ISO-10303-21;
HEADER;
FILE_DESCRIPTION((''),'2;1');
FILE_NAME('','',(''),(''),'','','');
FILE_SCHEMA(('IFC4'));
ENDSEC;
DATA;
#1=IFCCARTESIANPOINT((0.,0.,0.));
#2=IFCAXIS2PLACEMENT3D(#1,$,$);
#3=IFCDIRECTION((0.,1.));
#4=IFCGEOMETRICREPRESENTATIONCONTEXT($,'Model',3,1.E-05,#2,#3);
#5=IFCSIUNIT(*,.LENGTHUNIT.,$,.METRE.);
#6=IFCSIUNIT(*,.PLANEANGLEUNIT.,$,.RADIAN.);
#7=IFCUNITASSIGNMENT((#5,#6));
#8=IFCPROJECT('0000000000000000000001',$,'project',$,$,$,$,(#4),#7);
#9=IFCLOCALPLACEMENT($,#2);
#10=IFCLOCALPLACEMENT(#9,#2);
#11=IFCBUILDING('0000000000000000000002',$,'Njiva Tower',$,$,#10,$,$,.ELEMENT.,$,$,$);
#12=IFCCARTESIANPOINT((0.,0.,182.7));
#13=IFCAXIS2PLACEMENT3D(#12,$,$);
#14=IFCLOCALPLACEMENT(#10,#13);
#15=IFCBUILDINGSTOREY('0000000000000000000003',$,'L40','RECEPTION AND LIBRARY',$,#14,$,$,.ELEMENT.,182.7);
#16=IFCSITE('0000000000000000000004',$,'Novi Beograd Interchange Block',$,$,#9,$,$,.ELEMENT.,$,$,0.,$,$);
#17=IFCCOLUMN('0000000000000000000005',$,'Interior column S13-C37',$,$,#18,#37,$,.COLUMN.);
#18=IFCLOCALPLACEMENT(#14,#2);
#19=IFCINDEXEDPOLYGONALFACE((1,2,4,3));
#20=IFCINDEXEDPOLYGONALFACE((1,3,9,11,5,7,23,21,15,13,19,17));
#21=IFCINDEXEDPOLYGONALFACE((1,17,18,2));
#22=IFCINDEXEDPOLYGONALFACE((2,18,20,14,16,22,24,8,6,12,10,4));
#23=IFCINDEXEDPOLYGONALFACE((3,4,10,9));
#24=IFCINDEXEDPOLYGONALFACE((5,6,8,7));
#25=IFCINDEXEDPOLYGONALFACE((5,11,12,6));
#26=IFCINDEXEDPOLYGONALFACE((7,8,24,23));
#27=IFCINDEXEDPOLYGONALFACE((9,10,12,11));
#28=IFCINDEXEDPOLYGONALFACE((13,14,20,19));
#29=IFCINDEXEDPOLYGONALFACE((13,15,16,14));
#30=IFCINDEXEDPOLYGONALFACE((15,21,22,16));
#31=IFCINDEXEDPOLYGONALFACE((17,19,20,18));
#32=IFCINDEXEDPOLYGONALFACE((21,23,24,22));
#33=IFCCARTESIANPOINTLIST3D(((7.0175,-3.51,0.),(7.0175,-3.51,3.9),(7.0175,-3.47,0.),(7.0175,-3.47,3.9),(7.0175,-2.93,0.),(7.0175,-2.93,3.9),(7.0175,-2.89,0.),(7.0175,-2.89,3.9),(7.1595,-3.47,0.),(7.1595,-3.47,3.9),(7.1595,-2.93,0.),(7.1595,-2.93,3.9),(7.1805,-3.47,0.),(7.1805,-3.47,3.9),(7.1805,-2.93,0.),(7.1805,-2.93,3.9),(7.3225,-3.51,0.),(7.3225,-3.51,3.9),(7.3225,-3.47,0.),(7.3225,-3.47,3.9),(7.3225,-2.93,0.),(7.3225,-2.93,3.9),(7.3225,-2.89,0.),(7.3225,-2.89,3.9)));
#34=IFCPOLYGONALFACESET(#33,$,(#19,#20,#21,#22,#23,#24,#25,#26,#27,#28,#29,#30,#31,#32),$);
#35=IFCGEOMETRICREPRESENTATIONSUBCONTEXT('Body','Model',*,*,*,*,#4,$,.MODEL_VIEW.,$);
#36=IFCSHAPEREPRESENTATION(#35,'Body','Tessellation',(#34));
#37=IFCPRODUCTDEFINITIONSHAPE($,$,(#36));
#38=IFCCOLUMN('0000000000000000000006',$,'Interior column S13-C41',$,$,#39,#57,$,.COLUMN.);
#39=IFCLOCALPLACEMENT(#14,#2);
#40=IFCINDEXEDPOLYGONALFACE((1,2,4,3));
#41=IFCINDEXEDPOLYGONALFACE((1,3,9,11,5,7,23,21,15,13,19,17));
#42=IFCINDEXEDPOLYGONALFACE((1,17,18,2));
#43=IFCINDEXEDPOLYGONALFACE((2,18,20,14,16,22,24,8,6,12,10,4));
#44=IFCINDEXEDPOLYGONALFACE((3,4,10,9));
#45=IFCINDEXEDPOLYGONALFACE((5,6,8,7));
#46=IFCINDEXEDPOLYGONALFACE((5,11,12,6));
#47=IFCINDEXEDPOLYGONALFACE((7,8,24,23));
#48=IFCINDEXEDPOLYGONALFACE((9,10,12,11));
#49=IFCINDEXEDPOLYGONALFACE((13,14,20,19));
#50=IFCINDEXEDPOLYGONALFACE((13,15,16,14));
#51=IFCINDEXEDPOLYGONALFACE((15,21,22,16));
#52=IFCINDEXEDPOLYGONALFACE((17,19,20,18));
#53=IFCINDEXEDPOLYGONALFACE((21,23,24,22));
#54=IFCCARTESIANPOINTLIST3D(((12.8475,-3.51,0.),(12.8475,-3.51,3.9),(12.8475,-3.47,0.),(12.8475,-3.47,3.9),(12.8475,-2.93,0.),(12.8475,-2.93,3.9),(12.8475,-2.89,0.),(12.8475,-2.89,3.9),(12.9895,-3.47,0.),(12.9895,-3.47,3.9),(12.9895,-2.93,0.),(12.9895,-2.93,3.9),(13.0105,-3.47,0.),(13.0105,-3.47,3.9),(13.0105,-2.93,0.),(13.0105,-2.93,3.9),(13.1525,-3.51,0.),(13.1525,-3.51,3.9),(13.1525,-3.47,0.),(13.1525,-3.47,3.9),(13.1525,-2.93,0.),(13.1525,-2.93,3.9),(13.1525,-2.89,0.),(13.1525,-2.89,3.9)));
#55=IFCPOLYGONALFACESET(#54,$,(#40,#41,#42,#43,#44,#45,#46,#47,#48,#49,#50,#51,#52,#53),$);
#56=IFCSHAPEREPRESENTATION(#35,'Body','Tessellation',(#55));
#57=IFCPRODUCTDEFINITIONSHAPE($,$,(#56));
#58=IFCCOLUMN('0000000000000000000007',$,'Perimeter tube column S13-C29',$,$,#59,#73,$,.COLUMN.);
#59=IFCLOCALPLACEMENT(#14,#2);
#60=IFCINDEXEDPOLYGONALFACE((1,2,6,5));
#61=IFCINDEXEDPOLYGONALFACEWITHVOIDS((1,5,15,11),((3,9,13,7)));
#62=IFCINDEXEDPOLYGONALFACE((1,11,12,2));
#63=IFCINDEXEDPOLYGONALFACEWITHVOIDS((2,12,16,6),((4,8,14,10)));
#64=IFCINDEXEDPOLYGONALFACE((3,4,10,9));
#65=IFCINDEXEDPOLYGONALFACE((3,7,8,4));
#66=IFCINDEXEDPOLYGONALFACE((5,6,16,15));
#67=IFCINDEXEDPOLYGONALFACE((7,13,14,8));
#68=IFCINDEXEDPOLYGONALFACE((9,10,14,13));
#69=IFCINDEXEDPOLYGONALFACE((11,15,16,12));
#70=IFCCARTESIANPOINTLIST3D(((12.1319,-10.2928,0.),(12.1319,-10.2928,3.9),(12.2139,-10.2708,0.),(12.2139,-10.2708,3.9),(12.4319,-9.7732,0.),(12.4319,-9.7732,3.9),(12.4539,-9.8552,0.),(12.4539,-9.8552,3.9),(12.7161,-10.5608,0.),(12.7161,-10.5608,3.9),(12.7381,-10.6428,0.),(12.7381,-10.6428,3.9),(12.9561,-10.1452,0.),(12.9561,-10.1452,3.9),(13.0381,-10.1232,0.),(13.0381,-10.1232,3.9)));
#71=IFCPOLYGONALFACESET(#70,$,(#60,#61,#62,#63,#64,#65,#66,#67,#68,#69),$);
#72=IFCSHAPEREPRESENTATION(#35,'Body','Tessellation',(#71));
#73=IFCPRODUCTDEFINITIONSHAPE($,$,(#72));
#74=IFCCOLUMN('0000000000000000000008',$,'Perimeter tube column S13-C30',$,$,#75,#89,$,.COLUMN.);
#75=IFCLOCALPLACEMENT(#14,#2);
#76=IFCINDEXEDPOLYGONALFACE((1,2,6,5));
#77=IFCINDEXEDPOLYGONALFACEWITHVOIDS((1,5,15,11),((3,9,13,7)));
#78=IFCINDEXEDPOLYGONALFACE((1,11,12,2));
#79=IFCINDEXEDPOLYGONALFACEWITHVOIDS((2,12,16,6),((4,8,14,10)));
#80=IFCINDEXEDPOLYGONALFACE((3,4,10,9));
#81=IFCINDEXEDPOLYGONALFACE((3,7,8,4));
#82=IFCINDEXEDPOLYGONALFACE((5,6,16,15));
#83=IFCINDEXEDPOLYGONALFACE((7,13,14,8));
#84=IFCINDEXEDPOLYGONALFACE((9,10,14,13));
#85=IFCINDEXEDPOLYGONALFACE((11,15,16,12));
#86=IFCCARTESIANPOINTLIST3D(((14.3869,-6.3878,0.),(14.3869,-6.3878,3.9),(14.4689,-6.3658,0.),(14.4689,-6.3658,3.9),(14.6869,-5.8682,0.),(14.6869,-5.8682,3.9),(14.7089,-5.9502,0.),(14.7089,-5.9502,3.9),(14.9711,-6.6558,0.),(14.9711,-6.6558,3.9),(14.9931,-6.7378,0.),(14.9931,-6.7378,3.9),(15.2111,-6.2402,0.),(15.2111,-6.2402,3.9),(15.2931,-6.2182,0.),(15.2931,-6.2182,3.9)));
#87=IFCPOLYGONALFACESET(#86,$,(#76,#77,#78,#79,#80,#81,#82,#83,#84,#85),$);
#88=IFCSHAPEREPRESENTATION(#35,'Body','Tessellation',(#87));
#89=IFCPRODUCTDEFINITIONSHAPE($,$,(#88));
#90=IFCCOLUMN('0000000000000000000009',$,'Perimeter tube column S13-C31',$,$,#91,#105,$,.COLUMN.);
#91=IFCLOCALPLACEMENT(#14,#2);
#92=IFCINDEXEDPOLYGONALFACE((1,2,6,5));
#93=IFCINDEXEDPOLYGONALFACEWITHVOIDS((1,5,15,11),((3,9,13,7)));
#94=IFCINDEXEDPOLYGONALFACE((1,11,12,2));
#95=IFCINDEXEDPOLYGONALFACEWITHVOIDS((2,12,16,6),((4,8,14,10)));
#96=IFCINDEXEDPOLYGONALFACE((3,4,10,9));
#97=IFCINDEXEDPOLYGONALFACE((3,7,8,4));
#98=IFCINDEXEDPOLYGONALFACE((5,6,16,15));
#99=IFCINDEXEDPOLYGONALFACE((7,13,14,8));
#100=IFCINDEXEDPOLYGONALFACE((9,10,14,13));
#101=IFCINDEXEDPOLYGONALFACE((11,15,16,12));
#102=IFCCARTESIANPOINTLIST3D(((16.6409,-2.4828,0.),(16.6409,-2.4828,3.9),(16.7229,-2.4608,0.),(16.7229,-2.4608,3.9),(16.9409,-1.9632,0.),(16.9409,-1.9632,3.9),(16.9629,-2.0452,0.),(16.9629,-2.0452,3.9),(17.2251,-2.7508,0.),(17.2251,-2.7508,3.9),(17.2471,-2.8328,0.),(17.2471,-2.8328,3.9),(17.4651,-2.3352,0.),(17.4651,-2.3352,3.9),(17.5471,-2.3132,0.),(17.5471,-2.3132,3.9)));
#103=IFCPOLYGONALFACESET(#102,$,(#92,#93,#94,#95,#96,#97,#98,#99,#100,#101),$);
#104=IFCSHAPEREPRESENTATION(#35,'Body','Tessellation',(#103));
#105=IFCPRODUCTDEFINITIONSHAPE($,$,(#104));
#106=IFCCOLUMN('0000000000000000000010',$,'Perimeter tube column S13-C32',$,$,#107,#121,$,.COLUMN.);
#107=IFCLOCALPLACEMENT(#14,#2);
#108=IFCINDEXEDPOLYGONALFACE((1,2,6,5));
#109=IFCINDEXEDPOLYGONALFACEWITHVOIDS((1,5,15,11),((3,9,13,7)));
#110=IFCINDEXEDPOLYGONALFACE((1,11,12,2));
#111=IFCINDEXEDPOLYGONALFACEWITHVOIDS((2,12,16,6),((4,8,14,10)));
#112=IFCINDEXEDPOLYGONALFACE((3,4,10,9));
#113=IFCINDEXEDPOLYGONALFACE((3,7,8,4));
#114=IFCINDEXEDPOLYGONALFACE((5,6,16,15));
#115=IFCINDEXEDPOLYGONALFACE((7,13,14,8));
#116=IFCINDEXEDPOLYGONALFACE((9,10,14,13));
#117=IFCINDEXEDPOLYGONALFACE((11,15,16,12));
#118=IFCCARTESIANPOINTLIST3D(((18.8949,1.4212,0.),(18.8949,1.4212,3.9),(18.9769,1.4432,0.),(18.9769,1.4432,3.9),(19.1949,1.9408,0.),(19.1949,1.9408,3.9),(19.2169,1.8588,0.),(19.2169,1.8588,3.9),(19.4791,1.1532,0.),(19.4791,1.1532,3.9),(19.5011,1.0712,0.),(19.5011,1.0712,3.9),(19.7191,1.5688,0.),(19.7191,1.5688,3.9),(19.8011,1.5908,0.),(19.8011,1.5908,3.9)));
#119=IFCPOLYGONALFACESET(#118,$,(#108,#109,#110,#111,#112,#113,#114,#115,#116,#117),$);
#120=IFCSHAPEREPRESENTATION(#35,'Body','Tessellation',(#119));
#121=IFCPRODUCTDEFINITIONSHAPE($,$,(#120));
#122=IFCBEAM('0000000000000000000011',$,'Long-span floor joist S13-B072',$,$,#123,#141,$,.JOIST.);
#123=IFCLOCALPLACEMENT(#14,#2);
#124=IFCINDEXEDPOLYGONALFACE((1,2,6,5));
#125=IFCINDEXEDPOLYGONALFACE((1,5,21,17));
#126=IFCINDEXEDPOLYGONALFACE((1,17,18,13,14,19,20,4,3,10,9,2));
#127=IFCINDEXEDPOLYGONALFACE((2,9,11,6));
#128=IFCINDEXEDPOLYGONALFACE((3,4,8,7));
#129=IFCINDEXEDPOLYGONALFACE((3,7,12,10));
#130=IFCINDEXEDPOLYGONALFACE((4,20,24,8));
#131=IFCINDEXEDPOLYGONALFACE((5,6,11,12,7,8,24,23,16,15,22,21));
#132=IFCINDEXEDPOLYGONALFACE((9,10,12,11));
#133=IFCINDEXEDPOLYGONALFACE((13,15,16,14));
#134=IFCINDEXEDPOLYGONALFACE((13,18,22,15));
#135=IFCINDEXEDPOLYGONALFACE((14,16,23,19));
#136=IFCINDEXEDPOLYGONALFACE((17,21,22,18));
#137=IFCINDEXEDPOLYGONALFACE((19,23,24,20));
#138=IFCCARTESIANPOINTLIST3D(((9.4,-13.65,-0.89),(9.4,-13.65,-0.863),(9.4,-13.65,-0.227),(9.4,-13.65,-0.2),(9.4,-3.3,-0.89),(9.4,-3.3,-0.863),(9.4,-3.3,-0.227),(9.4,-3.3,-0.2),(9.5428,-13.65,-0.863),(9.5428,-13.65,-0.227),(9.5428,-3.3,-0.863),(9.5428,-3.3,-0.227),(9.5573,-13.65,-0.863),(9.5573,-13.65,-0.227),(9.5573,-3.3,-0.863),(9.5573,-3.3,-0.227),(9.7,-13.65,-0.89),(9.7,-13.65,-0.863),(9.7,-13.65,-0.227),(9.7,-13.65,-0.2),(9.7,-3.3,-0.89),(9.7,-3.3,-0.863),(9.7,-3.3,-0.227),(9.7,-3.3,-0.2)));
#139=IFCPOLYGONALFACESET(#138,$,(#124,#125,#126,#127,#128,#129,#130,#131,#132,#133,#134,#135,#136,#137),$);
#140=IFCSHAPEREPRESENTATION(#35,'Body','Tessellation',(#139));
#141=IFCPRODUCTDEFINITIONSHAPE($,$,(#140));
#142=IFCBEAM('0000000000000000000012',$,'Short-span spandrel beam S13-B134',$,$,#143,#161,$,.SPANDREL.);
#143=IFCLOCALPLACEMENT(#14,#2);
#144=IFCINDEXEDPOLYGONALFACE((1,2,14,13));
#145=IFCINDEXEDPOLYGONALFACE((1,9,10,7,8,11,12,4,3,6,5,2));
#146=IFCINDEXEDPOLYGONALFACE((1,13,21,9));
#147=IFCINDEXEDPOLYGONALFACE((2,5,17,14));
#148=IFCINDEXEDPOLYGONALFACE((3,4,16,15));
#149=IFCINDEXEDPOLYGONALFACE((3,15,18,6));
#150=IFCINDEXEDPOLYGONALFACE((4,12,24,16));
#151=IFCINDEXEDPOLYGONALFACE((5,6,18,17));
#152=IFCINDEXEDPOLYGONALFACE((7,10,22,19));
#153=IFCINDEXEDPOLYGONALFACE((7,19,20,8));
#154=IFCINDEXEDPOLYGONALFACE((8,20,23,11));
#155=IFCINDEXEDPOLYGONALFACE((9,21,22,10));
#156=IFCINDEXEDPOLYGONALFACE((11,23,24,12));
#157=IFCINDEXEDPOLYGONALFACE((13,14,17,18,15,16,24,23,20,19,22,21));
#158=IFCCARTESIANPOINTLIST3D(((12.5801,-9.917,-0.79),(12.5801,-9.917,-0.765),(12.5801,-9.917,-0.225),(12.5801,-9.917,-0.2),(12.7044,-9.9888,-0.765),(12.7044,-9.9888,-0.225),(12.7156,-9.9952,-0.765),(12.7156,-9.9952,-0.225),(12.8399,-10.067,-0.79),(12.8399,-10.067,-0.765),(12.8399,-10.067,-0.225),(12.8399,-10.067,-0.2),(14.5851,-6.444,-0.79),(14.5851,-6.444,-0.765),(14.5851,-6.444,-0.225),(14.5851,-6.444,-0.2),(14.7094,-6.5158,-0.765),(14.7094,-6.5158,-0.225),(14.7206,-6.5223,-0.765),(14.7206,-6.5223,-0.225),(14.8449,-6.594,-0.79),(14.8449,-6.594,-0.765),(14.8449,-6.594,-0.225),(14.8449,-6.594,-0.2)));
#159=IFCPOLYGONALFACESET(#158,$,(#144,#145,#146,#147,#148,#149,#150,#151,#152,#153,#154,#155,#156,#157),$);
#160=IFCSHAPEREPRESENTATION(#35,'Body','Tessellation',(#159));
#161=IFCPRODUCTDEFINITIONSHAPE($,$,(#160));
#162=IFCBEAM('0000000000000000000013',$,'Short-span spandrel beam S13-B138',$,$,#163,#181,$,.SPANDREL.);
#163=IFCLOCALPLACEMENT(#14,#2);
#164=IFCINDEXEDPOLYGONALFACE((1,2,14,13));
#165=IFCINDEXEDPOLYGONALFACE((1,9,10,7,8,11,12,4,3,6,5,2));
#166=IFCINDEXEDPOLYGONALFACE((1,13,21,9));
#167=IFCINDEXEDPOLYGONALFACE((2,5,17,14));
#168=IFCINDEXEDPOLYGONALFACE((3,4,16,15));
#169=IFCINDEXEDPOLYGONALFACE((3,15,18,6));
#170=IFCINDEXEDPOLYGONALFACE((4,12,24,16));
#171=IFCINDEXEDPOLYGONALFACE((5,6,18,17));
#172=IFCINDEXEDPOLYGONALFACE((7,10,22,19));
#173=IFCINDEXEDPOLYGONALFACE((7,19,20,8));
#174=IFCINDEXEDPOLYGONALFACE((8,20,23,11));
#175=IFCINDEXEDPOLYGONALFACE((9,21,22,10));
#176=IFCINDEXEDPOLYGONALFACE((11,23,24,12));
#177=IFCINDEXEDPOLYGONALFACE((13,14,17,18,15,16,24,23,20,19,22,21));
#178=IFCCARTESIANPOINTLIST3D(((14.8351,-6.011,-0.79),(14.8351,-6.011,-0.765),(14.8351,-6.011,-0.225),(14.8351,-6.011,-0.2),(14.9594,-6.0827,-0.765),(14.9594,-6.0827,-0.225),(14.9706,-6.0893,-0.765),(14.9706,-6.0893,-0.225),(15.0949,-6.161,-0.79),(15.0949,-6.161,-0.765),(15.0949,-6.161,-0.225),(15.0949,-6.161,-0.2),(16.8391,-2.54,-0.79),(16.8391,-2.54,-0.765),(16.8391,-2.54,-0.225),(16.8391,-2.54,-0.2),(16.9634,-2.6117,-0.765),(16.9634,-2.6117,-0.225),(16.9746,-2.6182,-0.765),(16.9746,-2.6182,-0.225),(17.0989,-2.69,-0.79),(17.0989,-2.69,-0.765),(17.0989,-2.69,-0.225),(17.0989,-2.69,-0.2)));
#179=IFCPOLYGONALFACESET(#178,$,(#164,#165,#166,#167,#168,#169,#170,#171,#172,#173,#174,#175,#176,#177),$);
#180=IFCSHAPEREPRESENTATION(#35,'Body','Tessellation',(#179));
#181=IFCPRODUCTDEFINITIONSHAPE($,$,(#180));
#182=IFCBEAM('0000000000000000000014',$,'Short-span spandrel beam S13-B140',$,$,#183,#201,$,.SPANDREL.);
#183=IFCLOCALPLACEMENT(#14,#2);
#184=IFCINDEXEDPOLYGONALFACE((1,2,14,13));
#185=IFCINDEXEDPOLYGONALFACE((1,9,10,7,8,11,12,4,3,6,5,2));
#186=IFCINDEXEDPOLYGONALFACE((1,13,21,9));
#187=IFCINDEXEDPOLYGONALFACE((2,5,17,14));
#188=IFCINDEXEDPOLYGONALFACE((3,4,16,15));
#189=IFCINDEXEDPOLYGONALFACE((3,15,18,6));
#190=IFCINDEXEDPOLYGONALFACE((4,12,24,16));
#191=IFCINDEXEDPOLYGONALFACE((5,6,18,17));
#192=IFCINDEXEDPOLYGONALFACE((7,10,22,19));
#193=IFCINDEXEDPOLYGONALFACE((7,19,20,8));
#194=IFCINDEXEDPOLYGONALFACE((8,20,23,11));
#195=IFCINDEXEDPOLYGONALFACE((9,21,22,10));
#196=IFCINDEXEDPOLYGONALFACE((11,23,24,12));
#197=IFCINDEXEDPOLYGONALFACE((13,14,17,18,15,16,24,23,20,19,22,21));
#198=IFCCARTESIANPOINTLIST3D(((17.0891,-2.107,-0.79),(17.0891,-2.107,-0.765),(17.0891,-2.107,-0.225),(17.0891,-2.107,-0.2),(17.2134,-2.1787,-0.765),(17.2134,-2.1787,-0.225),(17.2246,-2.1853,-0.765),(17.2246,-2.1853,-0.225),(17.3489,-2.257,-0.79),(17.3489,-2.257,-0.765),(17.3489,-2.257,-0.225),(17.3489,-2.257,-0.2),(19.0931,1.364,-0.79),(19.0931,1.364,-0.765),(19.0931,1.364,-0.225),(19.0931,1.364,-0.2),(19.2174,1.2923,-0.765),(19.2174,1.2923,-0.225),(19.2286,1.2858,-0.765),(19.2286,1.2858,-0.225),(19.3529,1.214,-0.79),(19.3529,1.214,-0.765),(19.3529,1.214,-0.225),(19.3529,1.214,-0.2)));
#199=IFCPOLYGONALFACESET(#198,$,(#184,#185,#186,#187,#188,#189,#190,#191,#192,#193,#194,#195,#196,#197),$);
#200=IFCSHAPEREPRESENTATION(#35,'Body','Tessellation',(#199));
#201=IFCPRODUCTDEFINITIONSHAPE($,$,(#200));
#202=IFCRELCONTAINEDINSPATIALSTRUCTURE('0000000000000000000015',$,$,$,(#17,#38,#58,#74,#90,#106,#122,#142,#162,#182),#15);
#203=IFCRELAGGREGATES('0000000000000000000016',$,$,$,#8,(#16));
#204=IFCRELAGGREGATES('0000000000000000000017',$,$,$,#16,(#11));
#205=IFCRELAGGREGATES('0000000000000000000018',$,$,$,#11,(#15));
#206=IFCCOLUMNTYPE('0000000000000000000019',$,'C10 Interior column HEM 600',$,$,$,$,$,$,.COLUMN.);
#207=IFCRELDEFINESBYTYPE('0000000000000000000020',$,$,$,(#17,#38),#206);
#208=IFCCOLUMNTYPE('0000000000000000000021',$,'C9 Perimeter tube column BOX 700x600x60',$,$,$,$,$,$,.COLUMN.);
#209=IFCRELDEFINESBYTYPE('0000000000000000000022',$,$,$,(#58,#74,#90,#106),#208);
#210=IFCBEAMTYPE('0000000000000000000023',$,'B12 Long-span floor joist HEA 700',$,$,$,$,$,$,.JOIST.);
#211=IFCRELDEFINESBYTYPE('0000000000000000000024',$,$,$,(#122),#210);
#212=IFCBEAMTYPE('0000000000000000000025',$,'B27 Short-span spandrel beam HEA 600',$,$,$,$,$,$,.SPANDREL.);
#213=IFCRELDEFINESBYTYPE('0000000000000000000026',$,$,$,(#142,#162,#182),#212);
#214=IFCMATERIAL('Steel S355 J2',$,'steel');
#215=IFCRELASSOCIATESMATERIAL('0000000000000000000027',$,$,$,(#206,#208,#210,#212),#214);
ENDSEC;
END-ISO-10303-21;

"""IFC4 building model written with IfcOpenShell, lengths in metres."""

from ifc_helpers import new_model, si_unit, direction, frame, origin, origin_2d, place, context, subcontext, project, spatial, hollow_rectangle, i_section, extrude, material, material_profile, profile_set, type_object, element, save


model = new_model("IFC4")

# Units and contexts
model_context = context("Model", 3, precision=1e-05, world=origin(), true_north=direction((0.0, 1.0)))
body_context = subcontext(model_context, "Body", "Model", "MODEL_VIEW")
ifc_project = project(units=[si_unit("LENGTHUNIT", "METRE"), si_unit("PLANEANGLEUNIT", "RADIAN")], contexts=[model_context])

# Site, building, storey
site_placement = place(None, origin())
site = spatial("IfcSite", under=ifc_project, at=site_placement, Name="Novi Beograd Interchange Block", CompositionType="ELEMENT", RefElevation=0.0)
building_placement = place(site_placement, origin())
building = spatial("IfcBuilding", under=site, at=building_placement, Name="Njiva Tower", CompositionType="ELEMENT")
storey_placement = place(building_placement, frame((0.0, 0.0, 182.7)))
storey = spatial("IfcBuildingStorey", under=building, at=storey_placement, Name="L40", Description="RECEPTION AND LIBRARY", CompositionType="ELEMENT", Elevation=182.7)

# Columns
ifc_material_1 = material(Name="Steel S355 J2", Category="steel")
ifc_material_profile_1 = material_profile(ifc_material_1, i_section(OverallWidth=0.305, OverallDepth=0.62, WebThickness=0.021, FlangeThickness=0.04, at=origin_2d()), Name="HEM 600")
ifc_profile_set_1 = profile_set([ifc_material_profile_1], Name="Steel S355 J2")
column_type_1 = type_object("IfcColumnType", Name="C10 Interior column HEM 600", PredefinedType="COLUMN", material=ifc_profile_set_1)
for number, where, z_axis, x_axis, name in (
    (1, (7.17, -3.2, 0.0), (0.0, 0.0, 1.0), (1.0, 0.0, 0.0), "Interior column S13-C37"),
    (2, (13.0, -3.2, 0.0), (0.0, 0.0, 1.0), (1.0, 0.0, 0.0), "Interior column S13-C41"),
):
    element("IfcColumn", number, at=place(storey_placement, frame(where, z_axis=z_axis, x_axis=x_axis)), inside=storey, type_object=column_type_1, Name=name, PredefinedType="COLUMN", context=body_context, shape_type="SweptSolid", body=[
        extrude(i_section(OverallWidth=0.305, OverallDepth=0.62, WebThickness=0.021, FlangeThickness=0.04, at=origin_2d()), origin(), (0.0, 0.0, 1.0), 3.9),
    ])
ifc_material_profile_2 = material_profile(ifc_material_1, hollow_rectangle(XDim=0.6, YDim=0.7, WallThickness=0.06, at=origin_2d()), Name="BOX 700x600x60")
ifc_profile_set_2 = profile_set([ifc_material_profile_2], Name="Steel S355 J2")
column_type_2 = type_object("IfcColumnType", Name="C9 Perimeter tube column BOX 700x600x60", PredefinedType="COLUMN", material=ifc_profile_set_2)
for number, where, z_axis, x_axis, name in (
    (3, (12.585, -10.208, 0.0), (0.0, 0.0, 1.0), (0.5, 0.866025, 0.0), "Perimeter tube column S13-C29"),
    (4, (14.84, -6.303, 0.0), (0.0, 0.0, 1.0), (0.5, 0.866025, 0.0), "Perimeter tube column S13-C30"),
    (5, (17.094, -2.398, 0.0), (0.0, 0.0, 1.0), (0.5, 0.866025, 0.0), "Perimeter tube column S13-C31"),
    (6, (19.348, 1.506, 0.0), (0.0, 0.0, 1.0), (0.5, 0.866025, 0.0), "Perimeter tube column S13-C32"),
):
    element("IfcColumn", number, at=place(storey_placement, frame(where, z_axis=z_axis, x_axis=x_axis)), inside=storey, type_object=column_type_2, Name=name, PredefinedType="COLUMN", context=body_context, shape_type="SweptSolid", body=[
        extrude(hollow_rectangle(XDim=0.6, YDim=0.7, WallThickness=0.06, at=origin_2d()), origin(), (0.0, 0.0, 1.0), 3.9),
    ])

# Beams
ifc_material_profile_3 = material_profile(ifc_material_1, i_section(OverallWidth=0.3, OverallDepth=0.69, WebThickness=0.0145, FlangeThickness=0.027, at=origin_2d()), Name="HEA 700")
ifc_profile_set_3 = profile_set([ifc_material_profile_3], Name="Steel S355 J2")
beam_type_1 = type_object("IfcBeamType", Name="B12 Long-span floor joist HEA 700", PredefinedType="JOIST", material=ifc_profile_set_3)
beam_1_placement = place(storey_placement, frame((9.55, -3.3, -0.545), z_axis=(0.0, -1.0, 0.0), x_axis=(1.0, 0.0, 0.0)))
element("IfcBeam", 7, at=beam_1_placement, inside=storey, type_object=beam_type_1, Name="Long-span floor joist S13-B072", PredefinedType="JOIST", context=body_context, shape_type="SweptSolid", body=[
    extrude(i_section(OverallWidth=0.3, OverallDepth=0.69, WebThickness=0.0145, FlangeThickness=0.027, at=origin_2d()), origin(), (0.0, 0.0, 1.0), 10.35),
])
ifc_material_profile_4 = material_profile(ifc_material_1, i_section(OverallWidth=0.3, OverallDepth=0.59, WebThickness=0.013, FlangeThickness=0.025, at=origin_2d()), Name="HEA 600")
ifc_profile_set_4 = profile_set([ifc_material_profile_4], Name="Steel S355 J2")
beam_type_2 = type_object("IfcBeamType", Name="B27 Short-span spandrel beam HEA 600", PredefinedType="SPANDREL", material=ifc_profile_set_4)
beam_2_placement = place(storey_placement, frame((12.71, -9.992, -0.495), z_axis=(0.499974, 0.86604, 0.0), x_axis=(-0.86604, 0.499974, 0.0)))
element("IfcBeam", 8, at=beam_2_placement, inside=storey, type_object=beam_type_2, Name="Short-span spandrel beam S13-B134", PredefinedType="SPANDREL", context=body_context, shape_type="SweptSolid", body=[
    extrude(i_section(OverallWidth=0.3, OverallDepth=0.59, WebThickness=0.013, FlangeThickness=0.025, at=origin_2d()), origin(), (0.0, 0.0, 1.0), 4.0102),
])
for number, where, z_axis, x_axis, name in (
    (9, (14.965, -6.086, -0.495), (0.500003, 0.866024, 0.0), (-0.866024, 0.500003, 0.0), "Short-span spandrel beam S13-B138"),
    (10, (17.219, -2.182, -0.495), (0.500003, 0.866024, 0.0), (-0.866024, 0.500003, 0.0), "Short-span spandrel beam S13-B140"),
):
    element("IfcBeam", number, at=place(storey_placement, frame(where, z_axis=z_axis, x_axis=x_axis)), inside=storey, type_object=beam_type_2, Name=name, PredefinedType="SPANDREL", context=body_context, shape_type="SweptSolid", body=[
        extrude(i_section(OverallWidth=0.3, OverallDepth=0.59, WebThickness=0.013, FlangeThickness=0.025, at=origin_2d()), origin(), (0.0, 0.0, 1.0), 4.008),
    ])

save(model, "model.ifc")
